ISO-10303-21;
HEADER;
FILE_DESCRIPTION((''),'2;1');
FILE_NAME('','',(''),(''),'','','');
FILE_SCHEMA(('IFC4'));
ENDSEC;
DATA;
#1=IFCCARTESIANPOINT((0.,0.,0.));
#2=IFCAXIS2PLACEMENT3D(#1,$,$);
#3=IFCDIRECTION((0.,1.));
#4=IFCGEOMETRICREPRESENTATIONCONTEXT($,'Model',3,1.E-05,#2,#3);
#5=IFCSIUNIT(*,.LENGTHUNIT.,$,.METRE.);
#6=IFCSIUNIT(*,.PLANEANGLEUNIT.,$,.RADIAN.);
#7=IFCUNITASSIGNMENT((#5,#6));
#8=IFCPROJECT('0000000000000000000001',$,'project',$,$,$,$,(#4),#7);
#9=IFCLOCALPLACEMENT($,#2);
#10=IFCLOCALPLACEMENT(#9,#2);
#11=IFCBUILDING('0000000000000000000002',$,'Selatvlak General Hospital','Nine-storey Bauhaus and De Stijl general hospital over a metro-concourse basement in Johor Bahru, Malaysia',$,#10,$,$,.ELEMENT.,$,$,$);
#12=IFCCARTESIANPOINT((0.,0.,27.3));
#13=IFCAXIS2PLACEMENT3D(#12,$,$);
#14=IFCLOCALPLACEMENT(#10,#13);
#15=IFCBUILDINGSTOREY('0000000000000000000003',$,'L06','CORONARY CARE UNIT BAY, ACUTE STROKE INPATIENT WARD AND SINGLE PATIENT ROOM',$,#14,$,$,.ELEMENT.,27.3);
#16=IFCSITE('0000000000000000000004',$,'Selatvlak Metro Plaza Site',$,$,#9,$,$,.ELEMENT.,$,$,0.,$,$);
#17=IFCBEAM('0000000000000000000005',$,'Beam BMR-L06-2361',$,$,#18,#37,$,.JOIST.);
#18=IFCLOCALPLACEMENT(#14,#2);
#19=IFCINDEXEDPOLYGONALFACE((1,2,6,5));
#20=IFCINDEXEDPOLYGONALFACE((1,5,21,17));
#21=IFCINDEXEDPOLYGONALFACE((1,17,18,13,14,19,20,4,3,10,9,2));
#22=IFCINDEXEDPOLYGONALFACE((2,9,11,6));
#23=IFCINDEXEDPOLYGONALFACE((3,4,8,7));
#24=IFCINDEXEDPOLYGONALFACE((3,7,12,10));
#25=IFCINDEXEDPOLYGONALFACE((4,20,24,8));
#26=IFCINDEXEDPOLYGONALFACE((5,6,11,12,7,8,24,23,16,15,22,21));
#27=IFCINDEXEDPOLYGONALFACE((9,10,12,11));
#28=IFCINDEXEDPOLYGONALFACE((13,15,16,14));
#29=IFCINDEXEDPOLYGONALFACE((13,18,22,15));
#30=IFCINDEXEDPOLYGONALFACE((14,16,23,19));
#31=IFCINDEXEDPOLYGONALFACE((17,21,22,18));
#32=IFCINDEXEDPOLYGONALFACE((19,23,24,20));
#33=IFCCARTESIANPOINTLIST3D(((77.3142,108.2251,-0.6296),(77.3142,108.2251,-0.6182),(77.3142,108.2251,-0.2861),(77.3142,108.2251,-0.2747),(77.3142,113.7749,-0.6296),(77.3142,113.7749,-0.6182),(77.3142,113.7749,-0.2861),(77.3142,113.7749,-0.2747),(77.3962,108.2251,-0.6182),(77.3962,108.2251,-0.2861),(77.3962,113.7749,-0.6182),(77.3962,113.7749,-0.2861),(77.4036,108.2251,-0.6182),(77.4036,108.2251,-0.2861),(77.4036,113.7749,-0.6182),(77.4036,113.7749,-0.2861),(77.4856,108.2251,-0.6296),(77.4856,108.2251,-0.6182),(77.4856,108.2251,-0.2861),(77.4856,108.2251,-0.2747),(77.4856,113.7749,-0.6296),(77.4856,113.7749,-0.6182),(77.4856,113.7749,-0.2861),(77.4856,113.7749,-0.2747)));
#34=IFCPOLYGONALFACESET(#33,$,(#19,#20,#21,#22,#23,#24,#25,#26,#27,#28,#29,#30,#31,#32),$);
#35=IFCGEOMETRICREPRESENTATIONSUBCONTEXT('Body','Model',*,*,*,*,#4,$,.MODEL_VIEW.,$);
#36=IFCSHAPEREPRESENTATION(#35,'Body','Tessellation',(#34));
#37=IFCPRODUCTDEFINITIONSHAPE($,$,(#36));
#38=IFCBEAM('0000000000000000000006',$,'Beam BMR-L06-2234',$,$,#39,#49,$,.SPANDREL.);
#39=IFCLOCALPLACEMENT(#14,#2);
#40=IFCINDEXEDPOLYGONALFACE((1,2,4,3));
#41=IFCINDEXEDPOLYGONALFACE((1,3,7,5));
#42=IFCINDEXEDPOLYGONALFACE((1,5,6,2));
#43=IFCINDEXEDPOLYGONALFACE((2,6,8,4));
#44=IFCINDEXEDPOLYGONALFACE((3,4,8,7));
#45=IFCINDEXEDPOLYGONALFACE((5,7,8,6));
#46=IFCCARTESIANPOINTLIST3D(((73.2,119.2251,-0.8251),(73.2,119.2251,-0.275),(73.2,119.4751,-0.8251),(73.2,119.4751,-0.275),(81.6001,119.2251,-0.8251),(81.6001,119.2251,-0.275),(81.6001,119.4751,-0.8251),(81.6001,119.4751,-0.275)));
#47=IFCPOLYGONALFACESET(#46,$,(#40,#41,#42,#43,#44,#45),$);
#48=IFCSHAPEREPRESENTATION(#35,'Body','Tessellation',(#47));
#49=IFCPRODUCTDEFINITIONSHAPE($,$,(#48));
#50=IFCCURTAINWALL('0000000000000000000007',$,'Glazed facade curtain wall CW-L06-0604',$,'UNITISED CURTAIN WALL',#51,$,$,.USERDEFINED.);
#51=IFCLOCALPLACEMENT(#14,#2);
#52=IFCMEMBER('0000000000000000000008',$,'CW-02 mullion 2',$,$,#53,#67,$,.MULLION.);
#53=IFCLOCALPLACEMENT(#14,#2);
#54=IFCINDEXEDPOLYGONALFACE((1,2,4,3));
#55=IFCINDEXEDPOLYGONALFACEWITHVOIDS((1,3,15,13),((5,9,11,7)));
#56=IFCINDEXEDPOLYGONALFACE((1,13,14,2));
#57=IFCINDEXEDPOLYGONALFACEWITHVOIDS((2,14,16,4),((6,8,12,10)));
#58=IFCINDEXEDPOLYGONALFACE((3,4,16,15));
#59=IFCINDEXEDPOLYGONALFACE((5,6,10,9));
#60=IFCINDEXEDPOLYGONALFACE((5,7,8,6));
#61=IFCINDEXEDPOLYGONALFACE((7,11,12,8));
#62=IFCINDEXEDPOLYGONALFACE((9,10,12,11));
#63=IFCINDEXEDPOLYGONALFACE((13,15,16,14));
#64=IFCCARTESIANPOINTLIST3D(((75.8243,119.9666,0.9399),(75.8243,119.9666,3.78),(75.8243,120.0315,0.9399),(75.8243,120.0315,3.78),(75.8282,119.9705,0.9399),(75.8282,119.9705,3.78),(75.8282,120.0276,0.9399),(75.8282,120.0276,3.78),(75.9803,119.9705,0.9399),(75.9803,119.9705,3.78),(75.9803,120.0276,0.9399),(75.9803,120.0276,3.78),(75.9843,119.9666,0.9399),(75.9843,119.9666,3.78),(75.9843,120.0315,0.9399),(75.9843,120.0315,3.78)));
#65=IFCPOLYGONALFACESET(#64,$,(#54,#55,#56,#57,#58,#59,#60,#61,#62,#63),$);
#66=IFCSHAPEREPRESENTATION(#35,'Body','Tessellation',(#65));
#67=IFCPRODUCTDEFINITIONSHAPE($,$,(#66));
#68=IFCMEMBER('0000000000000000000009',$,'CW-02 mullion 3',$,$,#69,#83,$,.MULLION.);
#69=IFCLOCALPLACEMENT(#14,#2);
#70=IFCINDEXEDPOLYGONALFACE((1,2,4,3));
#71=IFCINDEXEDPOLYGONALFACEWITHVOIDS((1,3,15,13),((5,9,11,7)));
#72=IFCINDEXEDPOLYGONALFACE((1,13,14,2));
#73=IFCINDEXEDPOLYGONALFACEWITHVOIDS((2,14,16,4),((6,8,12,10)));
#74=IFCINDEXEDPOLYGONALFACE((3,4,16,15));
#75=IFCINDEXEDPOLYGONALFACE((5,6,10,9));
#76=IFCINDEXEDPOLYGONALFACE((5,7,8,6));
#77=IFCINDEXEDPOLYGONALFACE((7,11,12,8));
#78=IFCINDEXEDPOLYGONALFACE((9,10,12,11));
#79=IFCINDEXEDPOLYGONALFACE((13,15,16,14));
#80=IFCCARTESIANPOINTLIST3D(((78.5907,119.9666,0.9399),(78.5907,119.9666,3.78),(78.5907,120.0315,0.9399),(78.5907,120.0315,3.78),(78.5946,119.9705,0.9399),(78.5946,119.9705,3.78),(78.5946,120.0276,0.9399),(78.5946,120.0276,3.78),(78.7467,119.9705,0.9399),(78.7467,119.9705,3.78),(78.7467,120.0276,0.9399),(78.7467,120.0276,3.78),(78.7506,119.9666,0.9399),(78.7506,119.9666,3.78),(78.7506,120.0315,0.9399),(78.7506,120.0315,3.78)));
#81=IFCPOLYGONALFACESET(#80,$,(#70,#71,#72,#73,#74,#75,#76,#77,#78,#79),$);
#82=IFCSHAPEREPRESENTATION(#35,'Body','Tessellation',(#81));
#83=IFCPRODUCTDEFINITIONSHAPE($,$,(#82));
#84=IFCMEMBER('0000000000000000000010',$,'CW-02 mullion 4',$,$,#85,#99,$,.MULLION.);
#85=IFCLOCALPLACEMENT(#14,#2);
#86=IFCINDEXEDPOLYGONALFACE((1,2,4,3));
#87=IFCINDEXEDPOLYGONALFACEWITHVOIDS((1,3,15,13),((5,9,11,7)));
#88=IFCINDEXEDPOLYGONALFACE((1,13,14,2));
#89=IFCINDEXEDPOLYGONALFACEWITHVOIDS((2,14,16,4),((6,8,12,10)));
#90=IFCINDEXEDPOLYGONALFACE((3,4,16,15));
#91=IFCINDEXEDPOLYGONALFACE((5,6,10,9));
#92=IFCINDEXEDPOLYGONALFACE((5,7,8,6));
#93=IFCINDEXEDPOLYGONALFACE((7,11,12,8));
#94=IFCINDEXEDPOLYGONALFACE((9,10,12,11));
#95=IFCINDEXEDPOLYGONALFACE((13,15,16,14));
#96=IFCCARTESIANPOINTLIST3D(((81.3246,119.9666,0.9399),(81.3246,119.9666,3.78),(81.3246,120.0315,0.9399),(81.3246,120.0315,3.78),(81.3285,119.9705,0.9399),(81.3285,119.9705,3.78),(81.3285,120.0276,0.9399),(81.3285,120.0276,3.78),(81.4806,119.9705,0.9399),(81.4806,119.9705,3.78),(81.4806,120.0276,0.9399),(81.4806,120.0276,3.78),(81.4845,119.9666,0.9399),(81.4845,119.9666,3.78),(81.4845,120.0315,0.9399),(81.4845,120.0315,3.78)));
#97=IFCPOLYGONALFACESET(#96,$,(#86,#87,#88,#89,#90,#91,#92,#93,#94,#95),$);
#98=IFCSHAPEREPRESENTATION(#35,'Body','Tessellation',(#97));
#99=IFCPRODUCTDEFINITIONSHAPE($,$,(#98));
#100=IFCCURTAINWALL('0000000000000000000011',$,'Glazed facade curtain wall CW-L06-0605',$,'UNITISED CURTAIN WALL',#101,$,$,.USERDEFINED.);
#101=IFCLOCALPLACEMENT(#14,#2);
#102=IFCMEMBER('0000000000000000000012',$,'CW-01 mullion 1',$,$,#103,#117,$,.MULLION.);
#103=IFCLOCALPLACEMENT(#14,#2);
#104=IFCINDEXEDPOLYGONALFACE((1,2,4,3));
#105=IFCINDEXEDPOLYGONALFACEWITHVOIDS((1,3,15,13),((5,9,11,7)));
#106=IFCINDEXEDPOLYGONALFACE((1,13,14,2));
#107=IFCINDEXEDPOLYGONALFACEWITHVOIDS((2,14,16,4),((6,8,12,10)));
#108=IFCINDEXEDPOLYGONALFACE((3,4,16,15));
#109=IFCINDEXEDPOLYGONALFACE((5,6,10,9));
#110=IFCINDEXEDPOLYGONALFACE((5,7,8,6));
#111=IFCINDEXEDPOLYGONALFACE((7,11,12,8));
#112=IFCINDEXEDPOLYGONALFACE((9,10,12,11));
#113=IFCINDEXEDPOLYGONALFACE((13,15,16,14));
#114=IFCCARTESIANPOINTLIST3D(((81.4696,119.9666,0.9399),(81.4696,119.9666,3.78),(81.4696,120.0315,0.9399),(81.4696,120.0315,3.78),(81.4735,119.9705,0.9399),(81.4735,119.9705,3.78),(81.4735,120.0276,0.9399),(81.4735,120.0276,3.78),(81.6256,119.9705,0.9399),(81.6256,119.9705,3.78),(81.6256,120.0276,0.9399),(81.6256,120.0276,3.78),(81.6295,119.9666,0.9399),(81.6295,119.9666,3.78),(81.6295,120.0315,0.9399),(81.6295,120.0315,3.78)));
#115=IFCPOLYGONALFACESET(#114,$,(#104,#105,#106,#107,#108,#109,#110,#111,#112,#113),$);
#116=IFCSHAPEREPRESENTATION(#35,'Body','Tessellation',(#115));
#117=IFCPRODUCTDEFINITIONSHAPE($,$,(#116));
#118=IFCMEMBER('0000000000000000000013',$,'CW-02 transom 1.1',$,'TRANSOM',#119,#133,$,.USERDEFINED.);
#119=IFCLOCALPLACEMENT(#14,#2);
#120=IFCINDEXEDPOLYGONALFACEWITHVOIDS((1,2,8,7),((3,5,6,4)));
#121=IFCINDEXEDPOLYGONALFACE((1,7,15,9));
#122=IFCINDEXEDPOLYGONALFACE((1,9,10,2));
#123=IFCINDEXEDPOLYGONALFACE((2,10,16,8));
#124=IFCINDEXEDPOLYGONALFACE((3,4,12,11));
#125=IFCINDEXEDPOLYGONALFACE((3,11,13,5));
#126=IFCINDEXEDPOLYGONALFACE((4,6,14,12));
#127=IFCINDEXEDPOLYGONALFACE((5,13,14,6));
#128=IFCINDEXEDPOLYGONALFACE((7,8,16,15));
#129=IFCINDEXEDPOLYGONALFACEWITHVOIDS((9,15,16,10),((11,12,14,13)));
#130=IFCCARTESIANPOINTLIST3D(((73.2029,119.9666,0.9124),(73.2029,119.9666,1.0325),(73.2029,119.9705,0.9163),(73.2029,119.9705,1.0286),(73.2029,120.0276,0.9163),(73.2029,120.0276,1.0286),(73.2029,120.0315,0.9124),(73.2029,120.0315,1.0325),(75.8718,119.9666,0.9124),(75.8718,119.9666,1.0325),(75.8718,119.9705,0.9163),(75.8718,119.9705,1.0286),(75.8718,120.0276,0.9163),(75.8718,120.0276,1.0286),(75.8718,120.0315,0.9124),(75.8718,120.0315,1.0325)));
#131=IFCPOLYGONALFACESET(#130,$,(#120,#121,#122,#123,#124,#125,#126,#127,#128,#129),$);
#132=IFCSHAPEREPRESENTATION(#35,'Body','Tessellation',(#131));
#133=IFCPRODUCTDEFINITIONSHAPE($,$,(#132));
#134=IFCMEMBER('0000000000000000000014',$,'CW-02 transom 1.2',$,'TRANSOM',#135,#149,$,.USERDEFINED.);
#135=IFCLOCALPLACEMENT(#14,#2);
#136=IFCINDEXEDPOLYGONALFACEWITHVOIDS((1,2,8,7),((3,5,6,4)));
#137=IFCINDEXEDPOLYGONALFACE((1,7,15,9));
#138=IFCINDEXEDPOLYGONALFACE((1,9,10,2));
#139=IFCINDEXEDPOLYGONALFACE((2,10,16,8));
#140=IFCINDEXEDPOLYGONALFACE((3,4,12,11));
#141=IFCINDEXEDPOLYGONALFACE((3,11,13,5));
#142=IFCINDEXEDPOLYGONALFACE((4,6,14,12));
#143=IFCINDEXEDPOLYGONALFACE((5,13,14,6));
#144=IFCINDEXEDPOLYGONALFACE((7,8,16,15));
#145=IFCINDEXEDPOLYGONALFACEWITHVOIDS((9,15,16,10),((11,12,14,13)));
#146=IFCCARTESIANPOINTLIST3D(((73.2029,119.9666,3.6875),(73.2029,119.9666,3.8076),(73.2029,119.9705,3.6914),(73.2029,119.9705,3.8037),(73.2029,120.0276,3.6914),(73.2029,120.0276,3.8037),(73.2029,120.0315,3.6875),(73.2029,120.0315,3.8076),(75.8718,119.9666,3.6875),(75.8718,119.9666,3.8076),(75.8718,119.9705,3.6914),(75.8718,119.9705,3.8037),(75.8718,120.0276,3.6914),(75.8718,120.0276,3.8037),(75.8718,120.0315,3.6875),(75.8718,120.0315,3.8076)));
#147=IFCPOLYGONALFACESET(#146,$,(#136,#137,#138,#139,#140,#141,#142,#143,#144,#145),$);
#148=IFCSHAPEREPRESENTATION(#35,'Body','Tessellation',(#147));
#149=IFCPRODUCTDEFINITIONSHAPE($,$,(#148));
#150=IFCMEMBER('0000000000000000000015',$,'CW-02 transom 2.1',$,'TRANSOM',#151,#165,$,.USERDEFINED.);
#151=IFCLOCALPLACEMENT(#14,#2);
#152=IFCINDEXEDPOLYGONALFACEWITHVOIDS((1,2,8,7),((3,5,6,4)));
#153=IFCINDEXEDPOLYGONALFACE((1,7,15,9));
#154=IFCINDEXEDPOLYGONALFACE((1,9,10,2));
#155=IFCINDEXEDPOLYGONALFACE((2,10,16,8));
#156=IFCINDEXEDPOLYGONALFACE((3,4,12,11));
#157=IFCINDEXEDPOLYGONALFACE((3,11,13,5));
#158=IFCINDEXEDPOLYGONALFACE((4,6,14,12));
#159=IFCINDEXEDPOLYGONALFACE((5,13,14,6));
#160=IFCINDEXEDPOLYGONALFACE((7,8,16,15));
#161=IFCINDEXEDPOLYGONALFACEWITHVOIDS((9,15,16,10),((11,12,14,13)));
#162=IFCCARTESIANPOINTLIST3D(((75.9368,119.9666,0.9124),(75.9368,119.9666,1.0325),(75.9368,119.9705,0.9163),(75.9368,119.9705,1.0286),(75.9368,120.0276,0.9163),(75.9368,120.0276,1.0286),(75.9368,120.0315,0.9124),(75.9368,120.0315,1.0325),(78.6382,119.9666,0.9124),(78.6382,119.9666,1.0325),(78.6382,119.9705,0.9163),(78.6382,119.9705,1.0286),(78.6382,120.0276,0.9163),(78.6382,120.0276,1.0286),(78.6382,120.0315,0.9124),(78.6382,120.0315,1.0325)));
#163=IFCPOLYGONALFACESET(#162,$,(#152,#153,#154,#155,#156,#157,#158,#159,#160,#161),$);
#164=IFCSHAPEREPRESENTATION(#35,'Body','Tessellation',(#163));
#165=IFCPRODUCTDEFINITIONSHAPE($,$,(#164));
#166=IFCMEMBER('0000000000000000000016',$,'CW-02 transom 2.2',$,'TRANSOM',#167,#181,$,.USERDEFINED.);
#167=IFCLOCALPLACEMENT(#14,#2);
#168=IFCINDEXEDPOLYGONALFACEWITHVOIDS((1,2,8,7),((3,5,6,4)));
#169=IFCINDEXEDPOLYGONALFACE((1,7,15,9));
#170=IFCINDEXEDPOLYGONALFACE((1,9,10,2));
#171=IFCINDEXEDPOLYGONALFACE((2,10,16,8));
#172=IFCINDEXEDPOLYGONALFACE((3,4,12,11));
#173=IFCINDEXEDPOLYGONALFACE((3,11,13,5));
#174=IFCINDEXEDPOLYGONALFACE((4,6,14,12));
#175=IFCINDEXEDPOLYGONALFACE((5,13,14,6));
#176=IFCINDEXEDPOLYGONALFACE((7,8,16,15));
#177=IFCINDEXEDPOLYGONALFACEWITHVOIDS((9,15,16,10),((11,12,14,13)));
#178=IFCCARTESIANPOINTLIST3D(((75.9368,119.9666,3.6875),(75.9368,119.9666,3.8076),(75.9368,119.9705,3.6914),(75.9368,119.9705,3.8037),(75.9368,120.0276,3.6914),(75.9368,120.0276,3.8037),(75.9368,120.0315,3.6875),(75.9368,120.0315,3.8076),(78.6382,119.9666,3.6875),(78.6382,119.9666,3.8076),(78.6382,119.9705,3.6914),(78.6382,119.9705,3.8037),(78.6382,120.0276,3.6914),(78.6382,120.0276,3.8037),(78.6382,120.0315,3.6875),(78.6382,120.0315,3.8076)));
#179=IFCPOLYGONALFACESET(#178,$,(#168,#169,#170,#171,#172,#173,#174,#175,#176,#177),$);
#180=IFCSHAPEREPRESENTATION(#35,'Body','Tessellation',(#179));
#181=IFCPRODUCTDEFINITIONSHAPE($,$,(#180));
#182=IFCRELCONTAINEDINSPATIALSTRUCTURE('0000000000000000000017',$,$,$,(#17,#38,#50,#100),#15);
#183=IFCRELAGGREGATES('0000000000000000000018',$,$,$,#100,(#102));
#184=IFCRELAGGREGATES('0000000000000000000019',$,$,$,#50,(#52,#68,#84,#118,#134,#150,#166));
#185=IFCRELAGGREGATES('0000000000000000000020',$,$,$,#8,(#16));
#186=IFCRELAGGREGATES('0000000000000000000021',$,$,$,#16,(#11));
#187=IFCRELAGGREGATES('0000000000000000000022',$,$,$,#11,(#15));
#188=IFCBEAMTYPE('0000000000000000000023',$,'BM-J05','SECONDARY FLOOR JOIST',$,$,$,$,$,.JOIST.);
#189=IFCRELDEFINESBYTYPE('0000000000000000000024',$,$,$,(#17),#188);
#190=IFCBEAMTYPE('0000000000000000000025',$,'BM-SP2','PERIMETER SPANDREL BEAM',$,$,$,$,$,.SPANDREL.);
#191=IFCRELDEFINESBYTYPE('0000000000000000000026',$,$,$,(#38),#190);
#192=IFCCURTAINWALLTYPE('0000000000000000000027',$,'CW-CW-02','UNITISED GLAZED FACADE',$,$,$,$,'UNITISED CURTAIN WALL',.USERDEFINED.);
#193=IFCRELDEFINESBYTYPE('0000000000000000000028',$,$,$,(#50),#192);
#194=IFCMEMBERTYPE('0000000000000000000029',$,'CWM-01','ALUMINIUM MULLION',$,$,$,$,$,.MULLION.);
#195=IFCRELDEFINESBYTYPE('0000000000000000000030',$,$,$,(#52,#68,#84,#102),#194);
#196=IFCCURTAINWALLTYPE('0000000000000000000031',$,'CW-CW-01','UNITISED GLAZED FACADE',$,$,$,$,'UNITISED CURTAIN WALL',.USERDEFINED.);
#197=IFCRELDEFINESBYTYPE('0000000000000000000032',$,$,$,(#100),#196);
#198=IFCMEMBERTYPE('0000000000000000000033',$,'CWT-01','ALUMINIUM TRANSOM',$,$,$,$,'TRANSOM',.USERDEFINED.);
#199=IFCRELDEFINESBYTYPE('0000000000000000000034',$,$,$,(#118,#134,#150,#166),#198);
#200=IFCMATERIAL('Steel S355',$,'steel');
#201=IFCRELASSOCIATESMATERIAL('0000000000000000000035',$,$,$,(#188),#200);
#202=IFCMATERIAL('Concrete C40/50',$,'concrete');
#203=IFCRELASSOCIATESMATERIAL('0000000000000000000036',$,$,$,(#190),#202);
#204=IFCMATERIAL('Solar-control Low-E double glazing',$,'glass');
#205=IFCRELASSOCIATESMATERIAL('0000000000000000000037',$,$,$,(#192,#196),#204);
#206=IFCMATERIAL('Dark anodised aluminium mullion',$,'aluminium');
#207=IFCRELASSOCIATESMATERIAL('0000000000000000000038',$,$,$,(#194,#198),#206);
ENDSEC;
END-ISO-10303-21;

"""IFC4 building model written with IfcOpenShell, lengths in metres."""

from ifc_helpers import new_model, si_unit, direction, frame, origin, origin_2d, place, context, subcontext, project, spatial, rectangle, hollow_rectangle, i_section, extrude, material, material_profile, profile_set, type_object, element, aggregate, save


model = new_model("IFC4")

# Units and contexts
model_context = context("Model", 3, precision=1e-05, world=origin(), true_north=direction((0.0, 1.0)))
body_context = subcontext(model_context, "Body", "Model", "MODEL_VIEW")
ifc_project = project(units=[si_unit("LENGTHUNIT", "METRE"), si_unit("PLANEANGLEUNIT", "RADIAN")], contexts=[model_context])

# Site, building, storey
site_placement = place(None, origin())
site = spatial("IfcSite", under=ifc_project, at=site_placement, Name="Selatvlak Metro Plaza Site", CompositionType="ELEMENT", RefElevation=0.0)
building_placement = place(site_placement, origin())
building = spatial("IfcBuilding", under=site, at=building_placement, Name="Selatvlak General Hospital", Description="Nine-storey Bauhaus and De Stijl general hospital over a metro-concourse basement in Johor Bahru, Malaysia", CompositionType="ELEMENT")
storey_placement = place(building_placement, frame((0.0, 0.0, 27.3)))
storey = spatial("IfcBuildingStorey", under=building, at=storey_placement, Name="L06", Description="CORONARY CARE UNIT BAY, ACUTE STROKE INPATIENT WARD AND SINGLE PATIENT ROOM", CompositionType="ELEMENT", Elevation=27.3)

# Beams
ifc_material_1 = material(Name="Steel S355", Category="steel")
ifc_material_profile_1 = material_profile(ifc_material_1, i_section(OverallWidth=0.1714, OverallDepth=0.355, WebThickness=0.0073, FlangeThickness=0.0115, at=origin_2d()), Name="UB 356x171x51")
ifc_profile_set_1 = profile_set([ifc_material_profile_1], Name="Steel S355")
beam_type_1 = type_object("IfcBeamType", Name="BM-J05", Description="SECONDARY FLOOR JOIST", PredefinedType="JOIST", material=ifc_profile_set_1)
beam_1_placement = place(storey_placement, frame((77.3999, 108.2251, -0.4521), z_axis=(0.0, 1.0, 0.0), x_axis=(-1.0, 0.0, 0.0)))
element("IfcBeam", 1, at=beam_1_placement, inside=storey, type_object=beam_type_1, Name="Beam BMR-L06-2361", PredefinedType="JOIST", context=body_context, shape_type="SweptSolid", body=[
    extrude(i_section(OverallWidth=0.1714, OverallDepth=0.355, WebThickness=0.0073, FlangeThickness=0.0115, at=origin_2d()), origin(), (0.0, 0.0, 1.0), 5.5498),
])
ifc_material_2 = material(Name="Concrete C40/50", Category="concrete")
ifc_material_profile_2 = material_profile(ifc_material_2, rectangle(XDim=0.25, YDim=0.55, at=origin_2d()), Name="RC-SP 250x550")
ifc_profile_set_2 = profile_set([ifc_material_profile_2], Name="Concrete C40/50")
beam_type_2 = type_object("IfcBeamType", Name="BM-SP2", Description="PERIMETER SPANDREL BEAM", PredefinedType="SPANDREL", material=ifc_profile_set_2)
beam_2_placement = place(storey_placement, frame((73.2, 119.3501, -0.55), z_axis=(1.0, 0.0, 0.0), x_axis=(0.0, 1.0, 0.0)))
element("IfcBeam", 2, at=beam_2_placement, inside=storey, type_object=beam_type_2, Name="Beam BMR-L06-2234", PredefinedType="SPANDREL", context=body_context, shape_type="SweptSolid", body=[
    extrude(rectangle(XDim=0.25, YDim=0.55, at=origin_2d()), origin(), (0.0, 0.0, 1.0), 8.4001),
])

# Curtain wall, members
ifc_material_3 = material(Name="Solar-control Low-E double glazing", Category="glass")
curtain_wall_type_1 = type_object("IfcCurtainWallType", Name="CW-CW-02", Description="UNITISED GLAZED FACADE", ElementType="UNITISED CURTAIN WALL", PredefinedType="USERDEFINED", material=ifc_material_3)
curtain_wall_1_placement = place(storey_placement, origin())
curtain_wall_1 = element("IfcCurtainWall", 3, at=curtain_wall_1_placement, inside=storey, type_object=curtain_wall_type_1, Name="Glazed facade curtain wall CW-L06-0604", ObjectType="UNITISED CURTAIN WALL", PredefinedType="USERDEFINED")
ifc_material_4 = material(Name="Dark anodised aluminium mullion", Category="aluminium")
ifc_material_profile_3 = material_profile(ifc_material_4, hollow_rectangle(XDim=0.0649, YDim=0.1599, WallThickness=0.0039, at=origin_2d()), Name="AL-MUL 65x160x4")
ifc_profile_set_3 = profile_set([ifc_material_profile_3], Name="Dark anodised aluminium mullion")
member_type_1 = type_object("IfcMemberType", Name="CWM-01", Description="ALUMINIUM MULLION", PredefinedType="MULLION", material=ifc_profile_set_3)
member_1_placement = place(storey_placement, frame((75.9043, 119.999, 0.9399), z_axis=(0.0, 0.0, 1.0), x_axis=(0.0, 1.0, 0.0)))
member_1 = element("IfcMember", 4, at=member_1_placement, type_object=member_type_1, Name="CW-02 mullion 2", PredefinedType="MULLION", context=body_context, shape_type="SweptSolid", body=[
    extrude(hollow_rectangle(XDim=0.0649, YDim=0.1599, WallThickness=0.0039, at=origin_2d()), origin(), (0.0, 0.0, 1.0), 2.8401),
])
member_2_placement = place(storey_placement, frame((78.6707, 119.999, 0.9399), z_axis=(0.0, 0.0, 1.0), x_axis=(0.0, 1.0, 0.0)))
member_2 = element("IfcMember", 5, at=member_2_placement, type_object=member_type_1, Name="CW-02 mullion 3", PredefinedType="MULLION", context=body_context, shape_type="SweptSolid", body=[
    extrude(hollow_rectangle(XDim=0.0649, YDim=0.1599, WallThickness=0.0039, at=origin_2d()), origin(), (0.0, 0.0, 1.0), 2.8401),
])
member_3_placement = place(storey_placement, frame((81.4045, 119.999, 0.9399), z_axis=(0.0, 0.0, 1.0), x_axis=(0.0, 1.0, 0.0)))
member_3 = element("IfcMember", 6, at=member_3_placement, type_object=member_type_1, Name="CW-02 mullion 4", PredefinedType="MULLION", context=body_context, shape_type="SweptSolid", body=[
    extrude(hollow_rectangle(XDim=0.0649, YDim=0.1599, WallThickness=0.0039, at=origin_2d()), origin(), (0.0, 0.0, 1.0), 2.8401),
])

# Curtain wall, member
curtain_wall_type_2 = type_object("IfcCurtainWallType", Name="CW-CW-01", Description="UNITISED GLAZED FACADE", ElementType="UNITISED CURTAIN WALL", PredefinedType="USERDEFINED", material=ifc_material_3)
curtain_wall_2_placement = place(storey_placement, origin())
curtain_wall_2 = element("IfcCurtainWall", 7, at=curtain_wall_2_placement, inside=storey, type_object=curtain_wall_type_2, Name="Glazed facade curtain wall CW-L06-0605", ObjectType="UNITISED CURTAIN WALL", PredefinedType="USERDEFINED")
member_4_placement = place(storey_placement, frame((81.5496, 119.999, 0.9399), z_axis=(0.0, 0.0, 1.0), x_axis=(0.0, 1.0, 0.0)))
member_4 = element("IfcMember", 8, at=member_4_placement, type_object=member_type_1, Name="CW-01 mullion 1", PredefinedType="MULLION", context=body_context, shape_type="SweptSolid", body=[
    extrude(hollow_rectangle(XDim=0.0649, YDim=0.1599, WallThickness=0.0039, at=origin_2d()), origin(), (0.0, 0.0, 1.0), 2.8401),
])

# Members
ifc_material_profile_4 = material_profile(ifc_material_4, hollow_rectangle(XDim=0.0649, YDim=0.1201, WallThickness=0.0039, at=origin_2d()), Name="AL-TRN 65x120x4")
ifc_profile_set_4 = profile_set([ifc_material_profile_4], Name="Dark anodised aluminium mullion")
member_type_2 = type_object("IfcMemberType", Name="CWT-01", Description="ALUMINIUM TRANSOM", ElementType="TRANSOM", PredefinedType="USERDEFINED", material=ifc_profile_set_4)
member_5_placement = place(storey_placement, frame((73.2029, 119.999, 0.9724), z_axis=(1.0, 0.0, 0.0), x_axis=(0.0, 1.0, 0.0)))
member_5 = element("IfcMember", 9, at=member_5_placement, type_object=member_type_2, Name="CW-02 transom 1.1", ObjectType="TRANSOM", PredefinedType="USERDEFINED", context=body_context, shape_type="SweptSolid", body=[
    extrude(hollow_rectangle(XDim=0.0649, YDim=0.1201, WallThickness=0.0039, at=origin_2d()), origin(), (0.0, 0.0, 1.0), 2.6689),
])
member_6_placement = place(storey_placement, frame((73.2029, 119.999, 3.7476), z_axis=(1.0, 0.0, 0.0), x_axis=(0.0, 1.0, 0.0)))
member_6 = element("IfcMember", 10, at=member_6_placement, type_object=member_type_2, Name="CW-02 transom 1.2", ObjectType="TRANSOM", PredefinedType="USERDEFINED", context=body_context, shape_type="SweptSolid", body=[
    extrude(hollow_rectangle(XDim=0.0649, YDim=0.1201, WallThickness=0.0039, at=origin_2d()), origin(), (0.0, 0.0, 1.0), 2.6689),
])
member_7_placement = place(storey_placement, frame((75.9368, 119.999, 0.9724), z_axis=(1.0, 0.0, 0.0), x_axis=(0.0, 1.0, 0.0)))
member_7 = element("IfcMember", 11, at=member_7_placement, type_object=member_type_2, Name="CW-02 transom 2.1", ObjectType="TRANSOM", PredefinedType="USERDEFINED", context=body_context, shape_type="SweptSolid", body=[
    extrude(hollow_rectangle(XDim=0.0649, YDim=0.1201, WallThickness=0.0039, at=origin_2d()), origin(), (0.0, 0.0, 1.0), 2.7014),
])
member_8_placement = place(storey_placement, frame((75.9368, 119.999, 3.7476), z_axis=(1.0, 0.0, 0.0), x_axis=(0.0, 1.0, 0.0)))
member_8 = element("IfcMember", 12, at=member_8_placement, type_object=member_type_2, Name="CW-02 transom 2.2", ObjectType="TRANSOM", PredefinedType="USERDEFINED", context=body_context, shape_type="SweptSolid", body=[
    extrude(hollow_rectangle(XDim=0.0649, YDim=0.1201, WallThickness=0.0039, at=origin_2d()), origin(), (0.0, 0.0, 1.0), 2.7014),
])
aggregate(curtain_wall_2, [member_4])

aggregate(curtain_wall_1, [member_1, member_2, member_3, member_5, member_6, member_7, member_8])

save(model, "model.ifc")
